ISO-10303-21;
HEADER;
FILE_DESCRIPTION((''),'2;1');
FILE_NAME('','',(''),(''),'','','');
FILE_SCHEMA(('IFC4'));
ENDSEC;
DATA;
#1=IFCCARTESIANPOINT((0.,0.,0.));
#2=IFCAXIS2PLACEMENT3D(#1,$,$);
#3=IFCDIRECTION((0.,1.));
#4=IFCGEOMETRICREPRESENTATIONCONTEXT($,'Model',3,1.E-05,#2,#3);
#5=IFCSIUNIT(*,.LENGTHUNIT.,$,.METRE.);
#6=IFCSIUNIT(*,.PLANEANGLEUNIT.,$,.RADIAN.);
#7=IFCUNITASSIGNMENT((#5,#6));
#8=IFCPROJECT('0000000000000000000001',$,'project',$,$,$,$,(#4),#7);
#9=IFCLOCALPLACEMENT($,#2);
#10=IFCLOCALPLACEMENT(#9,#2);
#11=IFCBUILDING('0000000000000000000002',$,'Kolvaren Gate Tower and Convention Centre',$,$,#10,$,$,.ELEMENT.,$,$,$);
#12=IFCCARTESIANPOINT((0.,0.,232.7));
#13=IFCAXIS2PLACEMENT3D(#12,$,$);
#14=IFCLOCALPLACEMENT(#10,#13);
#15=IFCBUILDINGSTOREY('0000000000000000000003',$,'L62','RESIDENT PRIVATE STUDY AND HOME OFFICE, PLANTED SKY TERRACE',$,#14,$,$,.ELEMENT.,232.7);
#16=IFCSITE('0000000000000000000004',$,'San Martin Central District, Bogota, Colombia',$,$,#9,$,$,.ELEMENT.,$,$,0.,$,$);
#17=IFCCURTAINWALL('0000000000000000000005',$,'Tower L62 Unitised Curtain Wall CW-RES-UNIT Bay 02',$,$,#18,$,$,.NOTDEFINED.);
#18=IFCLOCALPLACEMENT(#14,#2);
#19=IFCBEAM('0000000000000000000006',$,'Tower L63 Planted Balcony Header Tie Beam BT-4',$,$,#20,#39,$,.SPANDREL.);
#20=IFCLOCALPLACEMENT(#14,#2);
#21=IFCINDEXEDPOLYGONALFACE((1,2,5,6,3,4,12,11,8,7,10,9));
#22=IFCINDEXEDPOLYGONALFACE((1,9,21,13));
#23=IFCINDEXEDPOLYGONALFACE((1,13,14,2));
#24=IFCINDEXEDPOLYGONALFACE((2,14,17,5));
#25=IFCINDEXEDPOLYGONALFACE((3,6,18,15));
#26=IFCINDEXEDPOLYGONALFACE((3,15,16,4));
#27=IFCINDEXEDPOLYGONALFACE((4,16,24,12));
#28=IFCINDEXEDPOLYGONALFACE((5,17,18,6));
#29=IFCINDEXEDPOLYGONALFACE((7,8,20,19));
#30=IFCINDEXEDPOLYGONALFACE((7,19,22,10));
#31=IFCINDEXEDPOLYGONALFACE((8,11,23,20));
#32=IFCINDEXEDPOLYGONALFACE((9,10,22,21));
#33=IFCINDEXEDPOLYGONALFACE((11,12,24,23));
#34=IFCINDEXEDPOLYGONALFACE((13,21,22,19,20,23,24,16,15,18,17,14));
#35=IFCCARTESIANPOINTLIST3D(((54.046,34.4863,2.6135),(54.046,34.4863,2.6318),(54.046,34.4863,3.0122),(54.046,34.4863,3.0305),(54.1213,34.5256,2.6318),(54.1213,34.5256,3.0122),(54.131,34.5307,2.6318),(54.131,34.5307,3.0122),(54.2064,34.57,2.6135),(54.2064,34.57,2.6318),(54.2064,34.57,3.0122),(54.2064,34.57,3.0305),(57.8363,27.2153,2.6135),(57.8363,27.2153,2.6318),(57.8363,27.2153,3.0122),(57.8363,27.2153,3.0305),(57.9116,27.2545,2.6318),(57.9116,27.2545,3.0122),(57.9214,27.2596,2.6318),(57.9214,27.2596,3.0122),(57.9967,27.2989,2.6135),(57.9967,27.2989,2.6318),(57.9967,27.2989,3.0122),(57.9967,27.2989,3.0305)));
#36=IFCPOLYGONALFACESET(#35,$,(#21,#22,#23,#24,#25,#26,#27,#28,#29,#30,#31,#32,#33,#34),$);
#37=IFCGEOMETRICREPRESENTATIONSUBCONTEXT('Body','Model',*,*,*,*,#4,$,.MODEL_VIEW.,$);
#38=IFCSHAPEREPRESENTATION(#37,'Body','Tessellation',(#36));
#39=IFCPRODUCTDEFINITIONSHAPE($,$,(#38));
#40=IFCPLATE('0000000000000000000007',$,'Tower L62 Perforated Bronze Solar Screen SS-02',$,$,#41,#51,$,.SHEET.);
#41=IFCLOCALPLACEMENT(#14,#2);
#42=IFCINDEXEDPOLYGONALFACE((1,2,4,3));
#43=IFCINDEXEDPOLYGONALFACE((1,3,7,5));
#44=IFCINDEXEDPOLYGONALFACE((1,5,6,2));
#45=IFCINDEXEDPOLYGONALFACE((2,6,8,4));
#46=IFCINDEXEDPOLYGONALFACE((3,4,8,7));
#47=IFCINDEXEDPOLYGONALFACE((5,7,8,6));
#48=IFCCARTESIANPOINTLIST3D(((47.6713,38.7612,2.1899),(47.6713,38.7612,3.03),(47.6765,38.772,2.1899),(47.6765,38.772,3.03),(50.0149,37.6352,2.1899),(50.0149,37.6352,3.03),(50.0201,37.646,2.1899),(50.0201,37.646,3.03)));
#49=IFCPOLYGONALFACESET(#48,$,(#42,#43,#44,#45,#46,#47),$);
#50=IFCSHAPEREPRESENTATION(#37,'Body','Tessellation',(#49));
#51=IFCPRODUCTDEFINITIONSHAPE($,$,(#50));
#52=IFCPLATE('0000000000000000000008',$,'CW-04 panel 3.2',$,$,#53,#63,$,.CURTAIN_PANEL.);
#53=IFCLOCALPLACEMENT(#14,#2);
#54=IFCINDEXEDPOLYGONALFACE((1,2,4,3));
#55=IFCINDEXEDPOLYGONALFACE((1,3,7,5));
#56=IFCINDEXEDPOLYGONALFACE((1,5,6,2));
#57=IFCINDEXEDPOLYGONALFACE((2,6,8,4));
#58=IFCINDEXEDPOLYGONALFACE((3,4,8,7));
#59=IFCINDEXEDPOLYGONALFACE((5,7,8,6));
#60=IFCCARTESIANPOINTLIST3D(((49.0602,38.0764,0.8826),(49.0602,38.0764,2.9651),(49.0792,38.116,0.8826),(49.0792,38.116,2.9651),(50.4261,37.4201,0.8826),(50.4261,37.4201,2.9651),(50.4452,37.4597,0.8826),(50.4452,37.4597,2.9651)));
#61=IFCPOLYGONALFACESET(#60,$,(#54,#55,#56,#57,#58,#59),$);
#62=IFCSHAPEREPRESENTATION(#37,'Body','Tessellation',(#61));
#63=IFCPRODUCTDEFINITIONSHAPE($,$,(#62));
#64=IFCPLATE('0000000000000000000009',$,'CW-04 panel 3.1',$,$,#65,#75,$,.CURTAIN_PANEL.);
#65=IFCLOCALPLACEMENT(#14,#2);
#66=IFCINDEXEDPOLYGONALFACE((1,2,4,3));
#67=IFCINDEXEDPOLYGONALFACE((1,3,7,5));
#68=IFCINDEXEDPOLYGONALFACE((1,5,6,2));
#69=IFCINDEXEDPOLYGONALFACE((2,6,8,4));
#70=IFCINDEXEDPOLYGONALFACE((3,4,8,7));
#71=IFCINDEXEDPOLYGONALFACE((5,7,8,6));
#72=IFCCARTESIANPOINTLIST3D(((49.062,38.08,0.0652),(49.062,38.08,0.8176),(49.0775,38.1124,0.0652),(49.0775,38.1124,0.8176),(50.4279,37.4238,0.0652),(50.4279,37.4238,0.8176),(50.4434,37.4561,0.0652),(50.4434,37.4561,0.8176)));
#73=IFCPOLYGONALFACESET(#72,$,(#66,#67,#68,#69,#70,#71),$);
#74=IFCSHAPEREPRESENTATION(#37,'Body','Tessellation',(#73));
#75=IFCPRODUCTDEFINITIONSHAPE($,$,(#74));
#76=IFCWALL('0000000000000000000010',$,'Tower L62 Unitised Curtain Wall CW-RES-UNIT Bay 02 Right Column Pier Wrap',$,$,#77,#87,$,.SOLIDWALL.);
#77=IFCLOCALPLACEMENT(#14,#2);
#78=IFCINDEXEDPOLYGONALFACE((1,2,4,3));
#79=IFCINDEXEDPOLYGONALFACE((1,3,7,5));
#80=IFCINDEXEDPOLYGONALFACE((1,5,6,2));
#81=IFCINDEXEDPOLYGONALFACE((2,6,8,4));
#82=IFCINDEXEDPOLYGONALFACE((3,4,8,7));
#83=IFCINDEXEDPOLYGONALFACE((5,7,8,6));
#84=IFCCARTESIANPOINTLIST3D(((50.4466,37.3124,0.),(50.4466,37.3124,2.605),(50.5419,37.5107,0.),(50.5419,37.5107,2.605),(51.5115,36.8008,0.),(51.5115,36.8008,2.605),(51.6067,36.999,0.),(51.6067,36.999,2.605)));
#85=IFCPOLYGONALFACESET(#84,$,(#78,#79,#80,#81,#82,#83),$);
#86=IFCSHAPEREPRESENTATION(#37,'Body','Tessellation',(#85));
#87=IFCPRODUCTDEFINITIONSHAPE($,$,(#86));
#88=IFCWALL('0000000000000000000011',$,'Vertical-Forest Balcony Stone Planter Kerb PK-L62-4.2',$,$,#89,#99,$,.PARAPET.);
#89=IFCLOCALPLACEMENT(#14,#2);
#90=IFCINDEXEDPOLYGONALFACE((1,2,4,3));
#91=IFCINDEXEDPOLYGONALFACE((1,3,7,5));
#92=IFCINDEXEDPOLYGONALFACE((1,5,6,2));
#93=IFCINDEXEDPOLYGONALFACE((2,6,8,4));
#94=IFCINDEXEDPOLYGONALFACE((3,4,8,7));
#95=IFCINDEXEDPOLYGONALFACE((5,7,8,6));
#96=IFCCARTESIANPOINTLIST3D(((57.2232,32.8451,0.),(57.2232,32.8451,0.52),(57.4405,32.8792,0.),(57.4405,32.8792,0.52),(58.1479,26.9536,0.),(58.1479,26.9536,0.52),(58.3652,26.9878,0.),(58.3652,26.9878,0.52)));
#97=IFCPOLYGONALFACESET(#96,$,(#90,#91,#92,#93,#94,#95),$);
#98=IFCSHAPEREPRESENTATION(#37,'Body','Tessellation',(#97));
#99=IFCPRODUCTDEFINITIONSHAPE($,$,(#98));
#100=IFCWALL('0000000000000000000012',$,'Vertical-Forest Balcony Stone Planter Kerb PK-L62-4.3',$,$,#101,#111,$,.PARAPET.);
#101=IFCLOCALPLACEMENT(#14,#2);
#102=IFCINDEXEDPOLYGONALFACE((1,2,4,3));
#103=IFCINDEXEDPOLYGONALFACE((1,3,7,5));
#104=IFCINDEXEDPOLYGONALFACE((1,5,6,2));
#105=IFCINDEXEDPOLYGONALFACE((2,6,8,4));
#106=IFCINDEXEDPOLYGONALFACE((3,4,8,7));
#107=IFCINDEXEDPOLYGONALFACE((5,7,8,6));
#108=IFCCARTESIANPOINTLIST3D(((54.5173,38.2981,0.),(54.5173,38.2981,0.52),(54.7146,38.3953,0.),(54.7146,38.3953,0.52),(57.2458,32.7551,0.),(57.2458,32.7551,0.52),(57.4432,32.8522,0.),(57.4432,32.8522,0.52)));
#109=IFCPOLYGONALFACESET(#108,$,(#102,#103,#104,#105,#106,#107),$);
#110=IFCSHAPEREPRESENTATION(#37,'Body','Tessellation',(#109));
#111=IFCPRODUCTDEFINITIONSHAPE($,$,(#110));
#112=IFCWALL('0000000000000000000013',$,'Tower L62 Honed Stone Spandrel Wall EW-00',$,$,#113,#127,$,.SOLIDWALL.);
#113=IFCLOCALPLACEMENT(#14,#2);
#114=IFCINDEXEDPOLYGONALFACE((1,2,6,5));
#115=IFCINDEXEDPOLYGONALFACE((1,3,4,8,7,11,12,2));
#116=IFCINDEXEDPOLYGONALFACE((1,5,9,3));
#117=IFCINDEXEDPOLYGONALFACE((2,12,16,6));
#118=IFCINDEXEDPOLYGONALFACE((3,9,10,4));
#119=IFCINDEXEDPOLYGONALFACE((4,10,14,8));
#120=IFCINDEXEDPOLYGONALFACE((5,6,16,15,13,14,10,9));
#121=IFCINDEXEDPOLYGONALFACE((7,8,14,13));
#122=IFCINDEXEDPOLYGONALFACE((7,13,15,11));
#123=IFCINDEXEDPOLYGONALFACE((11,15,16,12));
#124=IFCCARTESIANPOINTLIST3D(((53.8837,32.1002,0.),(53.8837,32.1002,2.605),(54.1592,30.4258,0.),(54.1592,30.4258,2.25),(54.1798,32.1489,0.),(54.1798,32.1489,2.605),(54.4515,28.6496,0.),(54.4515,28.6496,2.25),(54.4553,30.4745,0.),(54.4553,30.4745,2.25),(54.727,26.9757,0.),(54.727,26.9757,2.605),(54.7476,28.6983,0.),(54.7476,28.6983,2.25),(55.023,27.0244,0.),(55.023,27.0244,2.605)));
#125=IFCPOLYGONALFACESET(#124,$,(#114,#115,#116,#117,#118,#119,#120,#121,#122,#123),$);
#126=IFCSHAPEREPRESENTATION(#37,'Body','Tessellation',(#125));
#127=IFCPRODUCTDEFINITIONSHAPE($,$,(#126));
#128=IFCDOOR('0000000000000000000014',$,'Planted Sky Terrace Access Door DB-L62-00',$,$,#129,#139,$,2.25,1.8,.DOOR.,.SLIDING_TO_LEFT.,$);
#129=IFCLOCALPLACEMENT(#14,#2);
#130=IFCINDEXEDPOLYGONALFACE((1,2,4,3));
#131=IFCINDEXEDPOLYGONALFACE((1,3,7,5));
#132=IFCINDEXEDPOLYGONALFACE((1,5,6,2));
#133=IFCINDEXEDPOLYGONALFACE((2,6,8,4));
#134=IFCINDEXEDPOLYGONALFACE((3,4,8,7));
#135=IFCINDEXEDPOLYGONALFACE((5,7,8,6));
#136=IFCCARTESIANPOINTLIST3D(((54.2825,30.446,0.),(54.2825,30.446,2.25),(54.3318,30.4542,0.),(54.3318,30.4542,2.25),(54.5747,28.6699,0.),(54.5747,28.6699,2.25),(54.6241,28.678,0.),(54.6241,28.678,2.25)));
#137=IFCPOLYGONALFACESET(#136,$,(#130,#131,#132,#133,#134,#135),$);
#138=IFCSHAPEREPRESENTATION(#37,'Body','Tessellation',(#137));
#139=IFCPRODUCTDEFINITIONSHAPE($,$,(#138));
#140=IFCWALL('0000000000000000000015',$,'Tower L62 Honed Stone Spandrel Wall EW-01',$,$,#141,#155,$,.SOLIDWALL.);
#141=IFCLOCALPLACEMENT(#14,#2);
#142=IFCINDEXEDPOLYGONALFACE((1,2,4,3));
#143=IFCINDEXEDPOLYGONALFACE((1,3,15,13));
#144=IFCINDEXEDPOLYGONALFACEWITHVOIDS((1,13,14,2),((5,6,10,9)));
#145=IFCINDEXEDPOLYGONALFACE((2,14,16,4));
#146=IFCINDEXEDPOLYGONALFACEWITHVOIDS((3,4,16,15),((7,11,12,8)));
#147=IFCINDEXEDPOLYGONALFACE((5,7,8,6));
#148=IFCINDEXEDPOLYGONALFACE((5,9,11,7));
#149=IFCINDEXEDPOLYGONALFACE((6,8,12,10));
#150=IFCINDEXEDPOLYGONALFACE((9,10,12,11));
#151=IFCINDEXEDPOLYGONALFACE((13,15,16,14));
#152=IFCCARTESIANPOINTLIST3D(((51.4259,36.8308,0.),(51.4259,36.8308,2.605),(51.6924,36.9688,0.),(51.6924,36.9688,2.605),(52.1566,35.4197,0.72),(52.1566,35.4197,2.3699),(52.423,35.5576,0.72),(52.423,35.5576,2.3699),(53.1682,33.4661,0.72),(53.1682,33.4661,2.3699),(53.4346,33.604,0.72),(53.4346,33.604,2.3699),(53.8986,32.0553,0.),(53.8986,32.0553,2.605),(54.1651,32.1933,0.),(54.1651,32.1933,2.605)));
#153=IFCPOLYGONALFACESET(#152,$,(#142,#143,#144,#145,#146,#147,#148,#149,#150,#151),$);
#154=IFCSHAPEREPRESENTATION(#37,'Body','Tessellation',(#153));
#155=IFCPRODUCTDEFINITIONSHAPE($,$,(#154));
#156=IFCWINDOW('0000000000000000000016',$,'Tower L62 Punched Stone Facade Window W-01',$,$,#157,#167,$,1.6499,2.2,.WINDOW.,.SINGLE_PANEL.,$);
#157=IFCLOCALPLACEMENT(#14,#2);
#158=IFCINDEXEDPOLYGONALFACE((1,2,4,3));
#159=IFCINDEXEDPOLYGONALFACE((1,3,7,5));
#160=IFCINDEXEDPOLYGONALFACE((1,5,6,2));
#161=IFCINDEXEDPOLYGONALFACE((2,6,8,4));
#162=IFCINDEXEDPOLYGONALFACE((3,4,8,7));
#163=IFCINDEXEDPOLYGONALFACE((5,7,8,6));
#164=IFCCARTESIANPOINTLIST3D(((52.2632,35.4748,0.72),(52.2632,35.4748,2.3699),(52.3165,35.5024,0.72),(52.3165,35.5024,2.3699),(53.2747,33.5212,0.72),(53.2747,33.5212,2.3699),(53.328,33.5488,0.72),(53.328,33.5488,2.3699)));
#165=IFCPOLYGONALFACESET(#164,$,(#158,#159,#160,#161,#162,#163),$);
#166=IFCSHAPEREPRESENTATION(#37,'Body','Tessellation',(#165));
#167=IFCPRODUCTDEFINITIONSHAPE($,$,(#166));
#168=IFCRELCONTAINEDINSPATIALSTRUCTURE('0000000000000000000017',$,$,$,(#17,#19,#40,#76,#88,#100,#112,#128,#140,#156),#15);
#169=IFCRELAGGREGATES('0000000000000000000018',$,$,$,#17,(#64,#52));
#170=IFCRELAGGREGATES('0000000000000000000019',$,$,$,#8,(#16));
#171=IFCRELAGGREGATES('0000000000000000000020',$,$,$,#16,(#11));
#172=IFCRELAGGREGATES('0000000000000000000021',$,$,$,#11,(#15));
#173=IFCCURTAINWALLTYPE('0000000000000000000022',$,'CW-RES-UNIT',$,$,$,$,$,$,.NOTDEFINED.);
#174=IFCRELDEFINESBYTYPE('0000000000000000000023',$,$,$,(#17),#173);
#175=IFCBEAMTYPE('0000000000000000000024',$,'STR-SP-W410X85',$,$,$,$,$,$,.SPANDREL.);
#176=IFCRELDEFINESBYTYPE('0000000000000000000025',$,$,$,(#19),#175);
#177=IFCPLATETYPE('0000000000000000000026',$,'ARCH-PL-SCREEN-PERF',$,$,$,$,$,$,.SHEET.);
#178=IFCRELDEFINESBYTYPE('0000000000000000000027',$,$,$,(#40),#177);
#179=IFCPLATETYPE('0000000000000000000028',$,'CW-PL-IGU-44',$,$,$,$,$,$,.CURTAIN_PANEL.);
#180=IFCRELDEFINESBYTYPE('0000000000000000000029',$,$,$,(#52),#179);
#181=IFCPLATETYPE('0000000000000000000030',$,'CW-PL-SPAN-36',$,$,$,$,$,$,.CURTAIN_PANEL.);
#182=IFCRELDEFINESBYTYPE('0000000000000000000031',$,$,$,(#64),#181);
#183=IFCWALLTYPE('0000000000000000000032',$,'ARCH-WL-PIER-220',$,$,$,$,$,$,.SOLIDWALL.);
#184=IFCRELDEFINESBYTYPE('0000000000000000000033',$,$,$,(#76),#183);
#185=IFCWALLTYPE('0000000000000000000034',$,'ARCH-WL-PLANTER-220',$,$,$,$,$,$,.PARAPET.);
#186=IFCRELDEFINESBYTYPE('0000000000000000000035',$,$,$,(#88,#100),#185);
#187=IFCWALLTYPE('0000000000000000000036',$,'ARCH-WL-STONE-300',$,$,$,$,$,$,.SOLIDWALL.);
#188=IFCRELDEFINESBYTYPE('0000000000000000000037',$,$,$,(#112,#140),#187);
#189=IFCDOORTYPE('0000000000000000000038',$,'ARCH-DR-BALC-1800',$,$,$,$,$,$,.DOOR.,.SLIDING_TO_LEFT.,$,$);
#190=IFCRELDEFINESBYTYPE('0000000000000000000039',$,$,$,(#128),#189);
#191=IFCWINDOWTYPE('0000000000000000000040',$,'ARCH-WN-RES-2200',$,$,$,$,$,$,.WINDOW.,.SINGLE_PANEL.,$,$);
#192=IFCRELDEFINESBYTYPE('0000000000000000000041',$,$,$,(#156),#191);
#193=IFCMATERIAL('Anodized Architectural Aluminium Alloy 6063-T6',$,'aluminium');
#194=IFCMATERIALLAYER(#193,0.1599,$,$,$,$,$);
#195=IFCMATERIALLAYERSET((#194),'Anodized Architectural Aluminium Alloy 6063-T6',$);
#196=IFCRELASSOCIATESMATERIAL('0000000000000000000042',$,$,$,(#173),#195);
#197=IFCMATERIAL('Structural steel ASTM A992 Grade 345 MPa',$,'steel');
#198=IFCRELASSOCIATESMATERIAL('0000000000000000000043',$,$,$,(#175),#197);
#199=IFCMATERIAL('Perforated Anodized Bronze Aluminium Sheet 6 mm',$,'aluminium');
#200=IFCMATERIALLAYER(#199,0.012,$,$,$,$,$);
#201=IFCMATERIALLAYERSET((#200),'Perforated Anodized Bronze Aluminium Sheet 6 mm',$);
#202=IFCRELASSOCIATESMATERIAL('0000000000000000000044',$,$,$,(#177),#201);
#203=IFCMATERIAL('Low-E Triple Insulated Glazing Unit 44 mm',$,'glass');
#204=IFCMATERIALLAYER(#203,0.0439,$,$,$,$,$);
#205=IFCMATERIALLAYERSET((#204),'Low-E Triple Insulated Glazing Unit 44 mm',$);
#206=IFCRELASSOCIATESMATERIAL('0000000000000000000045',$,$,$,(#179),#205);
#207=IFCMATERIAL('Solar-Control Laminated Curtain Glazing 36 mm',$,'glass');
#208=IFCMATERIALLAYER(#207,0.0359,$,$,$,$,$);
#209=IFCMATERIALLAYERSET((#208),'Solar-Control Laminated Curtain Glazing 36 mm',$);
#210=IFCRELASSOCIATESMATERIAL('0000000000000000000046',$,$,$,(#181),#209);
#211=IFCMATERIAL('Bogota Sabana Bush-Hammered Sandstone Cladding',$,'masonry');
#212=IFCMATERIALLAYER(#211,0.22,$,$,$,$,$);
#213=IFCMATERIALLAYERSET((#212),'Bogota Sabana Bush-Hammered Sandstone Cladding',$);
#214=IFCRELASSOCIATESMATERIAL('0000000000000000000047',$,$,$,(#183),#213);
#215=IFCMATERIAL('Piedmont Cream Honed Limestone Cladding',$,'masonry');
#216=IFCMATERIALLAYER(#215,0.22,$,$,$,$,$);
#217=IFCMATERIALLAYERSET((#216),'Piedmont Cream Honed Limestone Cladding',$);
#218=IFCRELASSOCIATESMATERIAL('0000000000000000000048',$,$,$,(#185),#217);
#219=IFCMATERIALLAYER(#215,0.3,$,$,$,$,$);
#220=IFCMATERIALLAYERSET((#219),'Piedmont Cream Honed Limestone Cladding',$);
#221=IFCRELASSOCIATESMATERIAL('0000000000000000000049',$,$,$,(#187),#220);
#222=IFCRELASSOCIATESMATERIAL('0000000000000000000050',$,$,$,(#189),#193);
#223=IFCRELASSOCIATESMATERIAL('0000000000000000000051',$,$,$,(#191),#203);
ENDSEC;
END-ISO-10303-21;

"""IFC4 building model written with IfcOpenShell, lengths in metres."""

from ifc_helpers import new_model, si_unit, direction, frame, frame_2d, origin, origin_2d, place, context, subcontext, project, spatial, rectangle, i_section, extrude, material, layer, layer_set, material_profile, profile_set, type_object, element, fill, aggregate, save


model = new_model("IFC4")

# Units and contexts
model_context = context("Model", 3, precision=1e-05, world=origin(), true_north=direction((0.0, 1.0)))
body_context = subcontext(model_context, "Body", "Model", "MODEL_VIEW")
ifc_project = project(units=[si_unit("LENGTHUNIT", "METRE"), si_unit("PLANEANGLEUNIT", "RADIAN")], contexts=[model_context])

# Site, building, storey
site_placement = place(None, origin())
site = spatial("IfcSite", under=ifc_project, at=site_placement, Name="San Martin Central District, Bogota, Colombia", CompositionType="ELEMENT", RefElevation=0.0)
building_placement = place(site_placement, origin())
building = spatial("IfcBuilding", under=site, at=building_placement, Name="Kolvaren Gate Tower and Convention Centre", CompositionType="ELEMENT")
storey_placement = place(building_placement, frame((0.0, 0.0, 232.7)))
storey = spatial("IfcBuildingStorey", under=building, at=storey_placement, Name="L62", Description="RESIDENT PRIVATE STUDY AND HOME OFFICE, PLANTED SKY TERRACE", CompositionType="ELEMENT", Elevation=232.7)

# Curtain wall
ifc_material_1 = material(Name="Anodized Architectural Aluminium Alloy 6063-T6", Category="aluminium")
ifc_layer_1 = layer(ifc_material_1, 0.1599)
ifc_layer_set_1 = layer_set([ifc_layer_1], Name="Anodized Architectural Aluminium Alloy 6063-T6")
curtain_wall_type = type_object("IfcCurtainWallType", Name="CW-RES-UNIT", PredefinedType="NOTDEFINED", material=ifc_layer_set_1)
curtain_wall_placement = place(storey_placement, origin())
curtain_wall = element("IfcCurtainWall", 1, at=curtain_wall_placement, inside=storey, type_object=curtain_wall_type, Name="Tower L62 Unitised Curtain Wall CW-RES-UNIT Bay 02", PredefinedType="NOTDEFINED")

# Beam
ifc_material_2 = material(Name="Structural steel ASTM A992 Grade 345 MPa", Category="steel")
ifc_material_profile_1 = material_profile(ifc_material_2, i_section(OverallWidth=0.1809, OverallDepth=0.417, WebThickness=0.011, FlangeThickness=0.0183, at=origin_2d()), Name="W410X85")
ifc_profile_set_1 = profile_set([ifc_material_profile_1], Name="Structural steel ASTM A992 Grade 345 MPa")
beam_type_1 = type_object("IfcBeamType", Name="STR-SP-W410X85", PredefinedType="SPANDREL", material=ifc_profile_set_1)
beam_1_placement = place(storey_placement, frame((57.9165, 27.2571, 2.822), z_axis=(-0.462252, 0.886749, 0.0), x_axis=(-0.886749, -0.462252, 0.0)))
element("IfcBeam", 2, at=beam_1_placement, inside=storey, type_object=beam_type_1, Name="Tower L63 Planted Balcony Header Tie Beam BT-4", PredefinedType="SPANDREL", context=body_context, shape_type="SweptSolid", body=[
    extrude(i_section(OverallWidth=0.1809, OverallDepth=0.417, WebThickness=0.011, FlangeThickness=0.0183, at=origin_2d()), origin(), (0.0, 0.0, 1.0), 8.1997),
])

# Plates
ifc_material_3 = material(Name="Perforated Anodized Bronze Aluminium Sheet 6 mm", Category="aluminium")
ifc_layer_2 = layer(ifc_material_3, 0.012)
ifc_layer_set_2 = layer_set([ifc_layer_2], Name="Perforated Anodized Bronze Aluminium Sheet 6 mm")
plate_type_1 = type_object("IfcPlateType", Name="ARCH-PL-SCREEN-PERF", PredefinedType="SHEET", material=ifc_layer_set_2)
plate_1_placement = place(storey_placement, frame((48.8457, 38.2036, 2.1899), z_axis=(0.0, 0.0, 1.0), x_axis=(0.901359, -0.433072, 0.0)))
element("IfcPlate", 3, at=plate_1_placement, inside=storey, type_object=plate_type_1, Name="Tower L62 Perforated Bronze Solar Screen SS-02", PredefinedType="SHEET", context=body_context, shape_type="SweptSolid", body=[
    extrude(rectangle(XDim=2.6001, YDim=0.012, at=origin_2d()), origin(), (0.0, 0.0, 1.0), 0.8401),
])
ifc_material_4 = material(Name="Low-E Triple Insulated Glazing Unit 44 mm", Category="glass")
ifc_layer_3 = layer(ifc_material_4, 0.0439)
ifc_layer_set_3 = layer_set([ifc_layer_3], Name="Low-E Triple Insulated Glazing Unit 44 mm")
plate_type_2 = type_object("IfcPlateType", Name="CW-PL-IGU-44", PredefinedType="CURTAIN_PANEL", material=ifc_layer_set_3)
plate_2_placement = place(storey_placement, frame((49.7527, 37.7681, 0.8826), z_axis=(0.0, 0.0, 1.0), x_axis=(0.901363, -0.433064, 0.0)))
plate_2 = element("IfcPlate", 4, at=plate_2_placement, type_object=plate_type_2, Name="CW-04 panel 3.2", PredefinedType="CURTAIN_PANEL", context=body_context, shape_type="SweptSolid", body=[
    extrude(rectangle(XDim=1.5154, YDim=0.0439, at=origin_2d()), origin(), (0.0, 0.0, 1.0), 2.0825),
])
ifc_material_5 = material(Name="Solar-Control Laminated Curtain Glazing 36 mm", Category="glass")
ifc_layer_4 = layer(ifc_material_5, 0.0359)
ifc_layer_set_4 = layer_set([ifc_layer_4], Name="Solar-Control Laminated Curtain Glazing 36 mm")
plate_type_3 = type_object("IfcPlateType", Name="CW-PL-SPAN-36", PredefinedType="CURTAIN_PANEL", material=ifc_layer_set_4)
plate_3_placement = place(storey_placement, frame((49.7527, 37.7681, 0.0652), z_axis=(0.0, 0.0, 1.0), x_axis=(0.901363, -0.433064, 0.0)))
plate_3 = element("IfcPlate", 5, at=plate_3_placement, type_object=plate_type_3, Name="CW-04 panel 3.1", PredefinedType="CURTAIN_PANEL", context=body_context, shape_type="SweptSolid", body=[
    extrude(rectangle(XDim=1.5154, YDim=0.0359, at=origin_2d()), origin(), (0.0, 0.0, 1.0), 0.7524),
])
aggregate(curtain_wall, [plate_3, plate_2])

# Walls
ifc_material_6 = material(Name="Bogota Sabana Bush-Hammered Sandstone Cladding", Category="masonry")
ifc_layer_5 = layer(ifc_material_6, 0.22)
ifc_layer_set_5 = layer_set([ifc_layer_5], Name="Bogota Sabana Bush-Hammered Sandstone Cladding")
wall_type_1 = type_object("IfcWallType", Name="ARCH-WL-PIER-220", PredefinedType="SOLIDWALL", material=ifc_layer_set_5)
wall_1_placement = place(storey_placement, frame((50.4941, 37.4116, 0.0), z_axis=(0.0, 0.0, 1.0), x_axis=(0.901342, -0.433107, 0.0)))
element("IfcWall", 6, at=wall_1_placement, inside=storey, type_object=wall_type_1, Name="Tower L62 Unitised Curtain Wall CW-RES-UNIT Bay 02 Right Column Pier Wrap", PredefinedType="SOLIDWALL", context=body_context, shape_type="SweptSolid", body=[
    extrude(rectangle(XDim=1.1814, YDim=0.22, at=frame_2d((0.5908, 0.0))), origin(), (0.0, 0.0, 1.0), 2.605),
])
ifc_material_7 = material(Name="Piedmont Cream Honed Limestone Cladding", Category="masonry")
ifc_layer_6 = layer(ifc_material_7, 0.22)
ifc_layer_set_6 = layer_set([ifc_layer_6], Name="Piedmont Cream Honed Limestone Cladding")
wall_type_2 = type_object("IfcWallType", Name="ARCH-WL-PLANTER-220", PredefinedType="PARAPET", material=ifc_layer_set_6)
wall_2_placement = place(storey_placement, frame((57.3318, 32.8623, 0.0), z_axis=(0.0, 0.0, 1.0), x_axis=(0.155071, -0.987903, 0.0)))
element("IfcWall", 7, at=wall_2_placement, inside=storey, type_object=wall_type_2, Name="Vertical-Forest Balcony Stone Planter Kerb PK-L62-4.2", PredefinedType="PARAPET", context=body_context, shape_type="SweptSolid", body=[
    extrude(rectangle(XDim=5.9636, YDim=0.22, at=frame_2d((2.9819, 0.0))), origin(), (0.0, 0.0, 1.0), 0.52),
])
wall_3_placement = place(storey_placement, frame((54.616, 38.3467, 0.0), z_axis=(0.0, 0.0, 1.0), x_axis=(0.441641, -0.897192, 0.0)))
element("IfcWall", 8, at=wall_3_placement, inside=storey, type_object=wall_type_2, Name="Vertical-Forest Balcony Stone Planter Kerb PK-L62-4.3", PredefinedType="PARAPET", context=body_context, shape_type="SweptSolid", body=[
    extrude(rectangle(XDim=6.1782, YDim=0.22, at=frame_2d((3.0891, 0.0))), origin(), (0.0, 0.0, 1.0), 0.52),
])

# Wall, opening, door
ifc_layer_7 = layer(ifc_material_7, 0.3)
ifc_layer_set_7 = layer_set([ifc_layer_7], Name="Piedmont Cream Honed Limestone Cladding")
wall_type_3 = type_object("IfcWallType", Name="ARCH-WL-STONE-300", PredefinedType="SOLIDWALL", material=ifc_layer_set_7)
wall_4_placement = place(storey_placement, frame((54.0317, 32.1245, 0.0), z_axis=(0.0, 0.0, 1.0), x_axis=(0.162371, -0.98673, 0.0)))
wall_4 = element("IfcWall", 9, at=wall_4_placement, inside=storey, type_object=wall_type_3, Name="Tower L62 Honed Stone Spandrel Wall EW-00", PredefinedType="SOLIDWALL", context=body_context, shape_type="SweptSolid", body=[
    extrude(rectangle(XDim=5.1934, YDim=0.3, at=frame_2d((2.5967, 0.0))), origin(), (0.0, 0.0, 1.0), 2.605),
])
opening_1_placement = place(wall_4_placement, frame((1.697, 0.0, 0.0)))
opening_1 = element("IfcOpeningElement", 10, at=opening_1_placement, cuts=wall_4, PredefinedType="OPENING", context=body_context, shape_type="SweptSolid", body=[
    extrude(rectangle(XDim=1.8, YDim=2.25, at=frame_2d((0.8999, 1.125))), frame((0.0, 0.1599, 0.0), z_axis=(0.0, -1.0, 0.0), x_axis=(1.0, 0.0, 0.0)), (0.0, 0.0, 1.0), 0.3201),
])
door_type = type_object("IfcDoorType", Name="ARCH-DR-BALC-1800", OperationType="SLIDING_TO_LEFT", PredefinedType="DOOR", material=ifc_material_1)
door_placement = place(opening_1_placement, origin())
door = element("IfcDoor", 11, at=door_placement, inside=storey, type_object=door_type, Name="Planted Sky Terrace Access Door DB-L62-00", OperationType="SLIDING_TO_LEFT", OverallHeight=2.25, OverallWidth=1.8, PredefinedType="DOOR", context=body_context, shape_type="SweptSolid", body=[
    extrude(rectangle(XDim=1.8, YDim=2.25, at=frame_2d((0.8999, 1.125))), frame((0.0, 0.0249, 0.0), z_axis=(0.0, -1.0, 0.0), x_axis=(1.0, 0.0, 0.0)), (0.0, 0.0, 1.0), 0.05),
])
fill(opening_1, door)

# Wall, opening, window
wall_5_placement = place(storey_placement, frame((51.5591, 36.8999, 0.0), z_axis=(0.0, 0.0, 1.0), x_axis=(0.459808, -0.888018, 0.0)))
wall_5 = element("IfcWall", 12, at=wall_5_placement, inside=storey, type_object=wall_type_3, Name="Tower L62 Honed Stone Spandrel Wall EW-01", PredefinedType="SOLIDWALL", context=body_context, shape_type="SweptSolid", body=[
    extrude(rectangle(XDim=5.3777, YDim=0.3, at=frame_2d((2.689, 0.0))), origin(), (0.0, 0.0, 1.0), 2.605),
])
opening_2_placement = place(wall_5_placement, frame((1.5891, 0.0, 0.72)))
opening_2 = element("IfcOpeningElement", 13, at=opening_2_placement, cuts=wall_5, PredefinedType="OPENING", context=body_context, shape_type="SweptSolid", body=[
    extrude(rectangle(XDim=2.2, YDim=1.6499, at=frame_2d((1.1001, 0.825))), frame((0.0, 0.1599, 0.0), z_axis=(0.0, -1.0, 0.0), x_axis=(1.0, 0.0, 0.0)), (0.0, 0.0, 1.0), 0.3201),
])
window_type = type_object("IfcWindowType", Name="ARCH-WN-RES-2200", PartitioningType="SINGLE_PANEL", PredefinedType="WINDOW", material=ifc_material_4)
window_placement = place(opening_2_placement, origin())
window = element("IfcWindow", 14, at=window_placement, inside=storey, type_object=window_type, Name="Tower L62 Punched Stone Facade Window W-01", OverallHeight=1.6499, OverallWidth=2.2, PartitioningType="SINGLE_PANEL", PredefinedType="WINDOW", context=body_context, shape_type="SweptSolid", body=[
    extrude(rectangle(XDim=2.2, YDim=1.6499, at=frame_2d((1.1001, 0.825))), frame((0.0, 0.03, 0.0), z_axis=(0.0, -1.0, 0.0), x_axis=(1.0, 0.0, 0.0)), (0.0, 0.0, 1.0), 0.0601),
])
fill(opening_2, window)

save(model, "model.ifc")
